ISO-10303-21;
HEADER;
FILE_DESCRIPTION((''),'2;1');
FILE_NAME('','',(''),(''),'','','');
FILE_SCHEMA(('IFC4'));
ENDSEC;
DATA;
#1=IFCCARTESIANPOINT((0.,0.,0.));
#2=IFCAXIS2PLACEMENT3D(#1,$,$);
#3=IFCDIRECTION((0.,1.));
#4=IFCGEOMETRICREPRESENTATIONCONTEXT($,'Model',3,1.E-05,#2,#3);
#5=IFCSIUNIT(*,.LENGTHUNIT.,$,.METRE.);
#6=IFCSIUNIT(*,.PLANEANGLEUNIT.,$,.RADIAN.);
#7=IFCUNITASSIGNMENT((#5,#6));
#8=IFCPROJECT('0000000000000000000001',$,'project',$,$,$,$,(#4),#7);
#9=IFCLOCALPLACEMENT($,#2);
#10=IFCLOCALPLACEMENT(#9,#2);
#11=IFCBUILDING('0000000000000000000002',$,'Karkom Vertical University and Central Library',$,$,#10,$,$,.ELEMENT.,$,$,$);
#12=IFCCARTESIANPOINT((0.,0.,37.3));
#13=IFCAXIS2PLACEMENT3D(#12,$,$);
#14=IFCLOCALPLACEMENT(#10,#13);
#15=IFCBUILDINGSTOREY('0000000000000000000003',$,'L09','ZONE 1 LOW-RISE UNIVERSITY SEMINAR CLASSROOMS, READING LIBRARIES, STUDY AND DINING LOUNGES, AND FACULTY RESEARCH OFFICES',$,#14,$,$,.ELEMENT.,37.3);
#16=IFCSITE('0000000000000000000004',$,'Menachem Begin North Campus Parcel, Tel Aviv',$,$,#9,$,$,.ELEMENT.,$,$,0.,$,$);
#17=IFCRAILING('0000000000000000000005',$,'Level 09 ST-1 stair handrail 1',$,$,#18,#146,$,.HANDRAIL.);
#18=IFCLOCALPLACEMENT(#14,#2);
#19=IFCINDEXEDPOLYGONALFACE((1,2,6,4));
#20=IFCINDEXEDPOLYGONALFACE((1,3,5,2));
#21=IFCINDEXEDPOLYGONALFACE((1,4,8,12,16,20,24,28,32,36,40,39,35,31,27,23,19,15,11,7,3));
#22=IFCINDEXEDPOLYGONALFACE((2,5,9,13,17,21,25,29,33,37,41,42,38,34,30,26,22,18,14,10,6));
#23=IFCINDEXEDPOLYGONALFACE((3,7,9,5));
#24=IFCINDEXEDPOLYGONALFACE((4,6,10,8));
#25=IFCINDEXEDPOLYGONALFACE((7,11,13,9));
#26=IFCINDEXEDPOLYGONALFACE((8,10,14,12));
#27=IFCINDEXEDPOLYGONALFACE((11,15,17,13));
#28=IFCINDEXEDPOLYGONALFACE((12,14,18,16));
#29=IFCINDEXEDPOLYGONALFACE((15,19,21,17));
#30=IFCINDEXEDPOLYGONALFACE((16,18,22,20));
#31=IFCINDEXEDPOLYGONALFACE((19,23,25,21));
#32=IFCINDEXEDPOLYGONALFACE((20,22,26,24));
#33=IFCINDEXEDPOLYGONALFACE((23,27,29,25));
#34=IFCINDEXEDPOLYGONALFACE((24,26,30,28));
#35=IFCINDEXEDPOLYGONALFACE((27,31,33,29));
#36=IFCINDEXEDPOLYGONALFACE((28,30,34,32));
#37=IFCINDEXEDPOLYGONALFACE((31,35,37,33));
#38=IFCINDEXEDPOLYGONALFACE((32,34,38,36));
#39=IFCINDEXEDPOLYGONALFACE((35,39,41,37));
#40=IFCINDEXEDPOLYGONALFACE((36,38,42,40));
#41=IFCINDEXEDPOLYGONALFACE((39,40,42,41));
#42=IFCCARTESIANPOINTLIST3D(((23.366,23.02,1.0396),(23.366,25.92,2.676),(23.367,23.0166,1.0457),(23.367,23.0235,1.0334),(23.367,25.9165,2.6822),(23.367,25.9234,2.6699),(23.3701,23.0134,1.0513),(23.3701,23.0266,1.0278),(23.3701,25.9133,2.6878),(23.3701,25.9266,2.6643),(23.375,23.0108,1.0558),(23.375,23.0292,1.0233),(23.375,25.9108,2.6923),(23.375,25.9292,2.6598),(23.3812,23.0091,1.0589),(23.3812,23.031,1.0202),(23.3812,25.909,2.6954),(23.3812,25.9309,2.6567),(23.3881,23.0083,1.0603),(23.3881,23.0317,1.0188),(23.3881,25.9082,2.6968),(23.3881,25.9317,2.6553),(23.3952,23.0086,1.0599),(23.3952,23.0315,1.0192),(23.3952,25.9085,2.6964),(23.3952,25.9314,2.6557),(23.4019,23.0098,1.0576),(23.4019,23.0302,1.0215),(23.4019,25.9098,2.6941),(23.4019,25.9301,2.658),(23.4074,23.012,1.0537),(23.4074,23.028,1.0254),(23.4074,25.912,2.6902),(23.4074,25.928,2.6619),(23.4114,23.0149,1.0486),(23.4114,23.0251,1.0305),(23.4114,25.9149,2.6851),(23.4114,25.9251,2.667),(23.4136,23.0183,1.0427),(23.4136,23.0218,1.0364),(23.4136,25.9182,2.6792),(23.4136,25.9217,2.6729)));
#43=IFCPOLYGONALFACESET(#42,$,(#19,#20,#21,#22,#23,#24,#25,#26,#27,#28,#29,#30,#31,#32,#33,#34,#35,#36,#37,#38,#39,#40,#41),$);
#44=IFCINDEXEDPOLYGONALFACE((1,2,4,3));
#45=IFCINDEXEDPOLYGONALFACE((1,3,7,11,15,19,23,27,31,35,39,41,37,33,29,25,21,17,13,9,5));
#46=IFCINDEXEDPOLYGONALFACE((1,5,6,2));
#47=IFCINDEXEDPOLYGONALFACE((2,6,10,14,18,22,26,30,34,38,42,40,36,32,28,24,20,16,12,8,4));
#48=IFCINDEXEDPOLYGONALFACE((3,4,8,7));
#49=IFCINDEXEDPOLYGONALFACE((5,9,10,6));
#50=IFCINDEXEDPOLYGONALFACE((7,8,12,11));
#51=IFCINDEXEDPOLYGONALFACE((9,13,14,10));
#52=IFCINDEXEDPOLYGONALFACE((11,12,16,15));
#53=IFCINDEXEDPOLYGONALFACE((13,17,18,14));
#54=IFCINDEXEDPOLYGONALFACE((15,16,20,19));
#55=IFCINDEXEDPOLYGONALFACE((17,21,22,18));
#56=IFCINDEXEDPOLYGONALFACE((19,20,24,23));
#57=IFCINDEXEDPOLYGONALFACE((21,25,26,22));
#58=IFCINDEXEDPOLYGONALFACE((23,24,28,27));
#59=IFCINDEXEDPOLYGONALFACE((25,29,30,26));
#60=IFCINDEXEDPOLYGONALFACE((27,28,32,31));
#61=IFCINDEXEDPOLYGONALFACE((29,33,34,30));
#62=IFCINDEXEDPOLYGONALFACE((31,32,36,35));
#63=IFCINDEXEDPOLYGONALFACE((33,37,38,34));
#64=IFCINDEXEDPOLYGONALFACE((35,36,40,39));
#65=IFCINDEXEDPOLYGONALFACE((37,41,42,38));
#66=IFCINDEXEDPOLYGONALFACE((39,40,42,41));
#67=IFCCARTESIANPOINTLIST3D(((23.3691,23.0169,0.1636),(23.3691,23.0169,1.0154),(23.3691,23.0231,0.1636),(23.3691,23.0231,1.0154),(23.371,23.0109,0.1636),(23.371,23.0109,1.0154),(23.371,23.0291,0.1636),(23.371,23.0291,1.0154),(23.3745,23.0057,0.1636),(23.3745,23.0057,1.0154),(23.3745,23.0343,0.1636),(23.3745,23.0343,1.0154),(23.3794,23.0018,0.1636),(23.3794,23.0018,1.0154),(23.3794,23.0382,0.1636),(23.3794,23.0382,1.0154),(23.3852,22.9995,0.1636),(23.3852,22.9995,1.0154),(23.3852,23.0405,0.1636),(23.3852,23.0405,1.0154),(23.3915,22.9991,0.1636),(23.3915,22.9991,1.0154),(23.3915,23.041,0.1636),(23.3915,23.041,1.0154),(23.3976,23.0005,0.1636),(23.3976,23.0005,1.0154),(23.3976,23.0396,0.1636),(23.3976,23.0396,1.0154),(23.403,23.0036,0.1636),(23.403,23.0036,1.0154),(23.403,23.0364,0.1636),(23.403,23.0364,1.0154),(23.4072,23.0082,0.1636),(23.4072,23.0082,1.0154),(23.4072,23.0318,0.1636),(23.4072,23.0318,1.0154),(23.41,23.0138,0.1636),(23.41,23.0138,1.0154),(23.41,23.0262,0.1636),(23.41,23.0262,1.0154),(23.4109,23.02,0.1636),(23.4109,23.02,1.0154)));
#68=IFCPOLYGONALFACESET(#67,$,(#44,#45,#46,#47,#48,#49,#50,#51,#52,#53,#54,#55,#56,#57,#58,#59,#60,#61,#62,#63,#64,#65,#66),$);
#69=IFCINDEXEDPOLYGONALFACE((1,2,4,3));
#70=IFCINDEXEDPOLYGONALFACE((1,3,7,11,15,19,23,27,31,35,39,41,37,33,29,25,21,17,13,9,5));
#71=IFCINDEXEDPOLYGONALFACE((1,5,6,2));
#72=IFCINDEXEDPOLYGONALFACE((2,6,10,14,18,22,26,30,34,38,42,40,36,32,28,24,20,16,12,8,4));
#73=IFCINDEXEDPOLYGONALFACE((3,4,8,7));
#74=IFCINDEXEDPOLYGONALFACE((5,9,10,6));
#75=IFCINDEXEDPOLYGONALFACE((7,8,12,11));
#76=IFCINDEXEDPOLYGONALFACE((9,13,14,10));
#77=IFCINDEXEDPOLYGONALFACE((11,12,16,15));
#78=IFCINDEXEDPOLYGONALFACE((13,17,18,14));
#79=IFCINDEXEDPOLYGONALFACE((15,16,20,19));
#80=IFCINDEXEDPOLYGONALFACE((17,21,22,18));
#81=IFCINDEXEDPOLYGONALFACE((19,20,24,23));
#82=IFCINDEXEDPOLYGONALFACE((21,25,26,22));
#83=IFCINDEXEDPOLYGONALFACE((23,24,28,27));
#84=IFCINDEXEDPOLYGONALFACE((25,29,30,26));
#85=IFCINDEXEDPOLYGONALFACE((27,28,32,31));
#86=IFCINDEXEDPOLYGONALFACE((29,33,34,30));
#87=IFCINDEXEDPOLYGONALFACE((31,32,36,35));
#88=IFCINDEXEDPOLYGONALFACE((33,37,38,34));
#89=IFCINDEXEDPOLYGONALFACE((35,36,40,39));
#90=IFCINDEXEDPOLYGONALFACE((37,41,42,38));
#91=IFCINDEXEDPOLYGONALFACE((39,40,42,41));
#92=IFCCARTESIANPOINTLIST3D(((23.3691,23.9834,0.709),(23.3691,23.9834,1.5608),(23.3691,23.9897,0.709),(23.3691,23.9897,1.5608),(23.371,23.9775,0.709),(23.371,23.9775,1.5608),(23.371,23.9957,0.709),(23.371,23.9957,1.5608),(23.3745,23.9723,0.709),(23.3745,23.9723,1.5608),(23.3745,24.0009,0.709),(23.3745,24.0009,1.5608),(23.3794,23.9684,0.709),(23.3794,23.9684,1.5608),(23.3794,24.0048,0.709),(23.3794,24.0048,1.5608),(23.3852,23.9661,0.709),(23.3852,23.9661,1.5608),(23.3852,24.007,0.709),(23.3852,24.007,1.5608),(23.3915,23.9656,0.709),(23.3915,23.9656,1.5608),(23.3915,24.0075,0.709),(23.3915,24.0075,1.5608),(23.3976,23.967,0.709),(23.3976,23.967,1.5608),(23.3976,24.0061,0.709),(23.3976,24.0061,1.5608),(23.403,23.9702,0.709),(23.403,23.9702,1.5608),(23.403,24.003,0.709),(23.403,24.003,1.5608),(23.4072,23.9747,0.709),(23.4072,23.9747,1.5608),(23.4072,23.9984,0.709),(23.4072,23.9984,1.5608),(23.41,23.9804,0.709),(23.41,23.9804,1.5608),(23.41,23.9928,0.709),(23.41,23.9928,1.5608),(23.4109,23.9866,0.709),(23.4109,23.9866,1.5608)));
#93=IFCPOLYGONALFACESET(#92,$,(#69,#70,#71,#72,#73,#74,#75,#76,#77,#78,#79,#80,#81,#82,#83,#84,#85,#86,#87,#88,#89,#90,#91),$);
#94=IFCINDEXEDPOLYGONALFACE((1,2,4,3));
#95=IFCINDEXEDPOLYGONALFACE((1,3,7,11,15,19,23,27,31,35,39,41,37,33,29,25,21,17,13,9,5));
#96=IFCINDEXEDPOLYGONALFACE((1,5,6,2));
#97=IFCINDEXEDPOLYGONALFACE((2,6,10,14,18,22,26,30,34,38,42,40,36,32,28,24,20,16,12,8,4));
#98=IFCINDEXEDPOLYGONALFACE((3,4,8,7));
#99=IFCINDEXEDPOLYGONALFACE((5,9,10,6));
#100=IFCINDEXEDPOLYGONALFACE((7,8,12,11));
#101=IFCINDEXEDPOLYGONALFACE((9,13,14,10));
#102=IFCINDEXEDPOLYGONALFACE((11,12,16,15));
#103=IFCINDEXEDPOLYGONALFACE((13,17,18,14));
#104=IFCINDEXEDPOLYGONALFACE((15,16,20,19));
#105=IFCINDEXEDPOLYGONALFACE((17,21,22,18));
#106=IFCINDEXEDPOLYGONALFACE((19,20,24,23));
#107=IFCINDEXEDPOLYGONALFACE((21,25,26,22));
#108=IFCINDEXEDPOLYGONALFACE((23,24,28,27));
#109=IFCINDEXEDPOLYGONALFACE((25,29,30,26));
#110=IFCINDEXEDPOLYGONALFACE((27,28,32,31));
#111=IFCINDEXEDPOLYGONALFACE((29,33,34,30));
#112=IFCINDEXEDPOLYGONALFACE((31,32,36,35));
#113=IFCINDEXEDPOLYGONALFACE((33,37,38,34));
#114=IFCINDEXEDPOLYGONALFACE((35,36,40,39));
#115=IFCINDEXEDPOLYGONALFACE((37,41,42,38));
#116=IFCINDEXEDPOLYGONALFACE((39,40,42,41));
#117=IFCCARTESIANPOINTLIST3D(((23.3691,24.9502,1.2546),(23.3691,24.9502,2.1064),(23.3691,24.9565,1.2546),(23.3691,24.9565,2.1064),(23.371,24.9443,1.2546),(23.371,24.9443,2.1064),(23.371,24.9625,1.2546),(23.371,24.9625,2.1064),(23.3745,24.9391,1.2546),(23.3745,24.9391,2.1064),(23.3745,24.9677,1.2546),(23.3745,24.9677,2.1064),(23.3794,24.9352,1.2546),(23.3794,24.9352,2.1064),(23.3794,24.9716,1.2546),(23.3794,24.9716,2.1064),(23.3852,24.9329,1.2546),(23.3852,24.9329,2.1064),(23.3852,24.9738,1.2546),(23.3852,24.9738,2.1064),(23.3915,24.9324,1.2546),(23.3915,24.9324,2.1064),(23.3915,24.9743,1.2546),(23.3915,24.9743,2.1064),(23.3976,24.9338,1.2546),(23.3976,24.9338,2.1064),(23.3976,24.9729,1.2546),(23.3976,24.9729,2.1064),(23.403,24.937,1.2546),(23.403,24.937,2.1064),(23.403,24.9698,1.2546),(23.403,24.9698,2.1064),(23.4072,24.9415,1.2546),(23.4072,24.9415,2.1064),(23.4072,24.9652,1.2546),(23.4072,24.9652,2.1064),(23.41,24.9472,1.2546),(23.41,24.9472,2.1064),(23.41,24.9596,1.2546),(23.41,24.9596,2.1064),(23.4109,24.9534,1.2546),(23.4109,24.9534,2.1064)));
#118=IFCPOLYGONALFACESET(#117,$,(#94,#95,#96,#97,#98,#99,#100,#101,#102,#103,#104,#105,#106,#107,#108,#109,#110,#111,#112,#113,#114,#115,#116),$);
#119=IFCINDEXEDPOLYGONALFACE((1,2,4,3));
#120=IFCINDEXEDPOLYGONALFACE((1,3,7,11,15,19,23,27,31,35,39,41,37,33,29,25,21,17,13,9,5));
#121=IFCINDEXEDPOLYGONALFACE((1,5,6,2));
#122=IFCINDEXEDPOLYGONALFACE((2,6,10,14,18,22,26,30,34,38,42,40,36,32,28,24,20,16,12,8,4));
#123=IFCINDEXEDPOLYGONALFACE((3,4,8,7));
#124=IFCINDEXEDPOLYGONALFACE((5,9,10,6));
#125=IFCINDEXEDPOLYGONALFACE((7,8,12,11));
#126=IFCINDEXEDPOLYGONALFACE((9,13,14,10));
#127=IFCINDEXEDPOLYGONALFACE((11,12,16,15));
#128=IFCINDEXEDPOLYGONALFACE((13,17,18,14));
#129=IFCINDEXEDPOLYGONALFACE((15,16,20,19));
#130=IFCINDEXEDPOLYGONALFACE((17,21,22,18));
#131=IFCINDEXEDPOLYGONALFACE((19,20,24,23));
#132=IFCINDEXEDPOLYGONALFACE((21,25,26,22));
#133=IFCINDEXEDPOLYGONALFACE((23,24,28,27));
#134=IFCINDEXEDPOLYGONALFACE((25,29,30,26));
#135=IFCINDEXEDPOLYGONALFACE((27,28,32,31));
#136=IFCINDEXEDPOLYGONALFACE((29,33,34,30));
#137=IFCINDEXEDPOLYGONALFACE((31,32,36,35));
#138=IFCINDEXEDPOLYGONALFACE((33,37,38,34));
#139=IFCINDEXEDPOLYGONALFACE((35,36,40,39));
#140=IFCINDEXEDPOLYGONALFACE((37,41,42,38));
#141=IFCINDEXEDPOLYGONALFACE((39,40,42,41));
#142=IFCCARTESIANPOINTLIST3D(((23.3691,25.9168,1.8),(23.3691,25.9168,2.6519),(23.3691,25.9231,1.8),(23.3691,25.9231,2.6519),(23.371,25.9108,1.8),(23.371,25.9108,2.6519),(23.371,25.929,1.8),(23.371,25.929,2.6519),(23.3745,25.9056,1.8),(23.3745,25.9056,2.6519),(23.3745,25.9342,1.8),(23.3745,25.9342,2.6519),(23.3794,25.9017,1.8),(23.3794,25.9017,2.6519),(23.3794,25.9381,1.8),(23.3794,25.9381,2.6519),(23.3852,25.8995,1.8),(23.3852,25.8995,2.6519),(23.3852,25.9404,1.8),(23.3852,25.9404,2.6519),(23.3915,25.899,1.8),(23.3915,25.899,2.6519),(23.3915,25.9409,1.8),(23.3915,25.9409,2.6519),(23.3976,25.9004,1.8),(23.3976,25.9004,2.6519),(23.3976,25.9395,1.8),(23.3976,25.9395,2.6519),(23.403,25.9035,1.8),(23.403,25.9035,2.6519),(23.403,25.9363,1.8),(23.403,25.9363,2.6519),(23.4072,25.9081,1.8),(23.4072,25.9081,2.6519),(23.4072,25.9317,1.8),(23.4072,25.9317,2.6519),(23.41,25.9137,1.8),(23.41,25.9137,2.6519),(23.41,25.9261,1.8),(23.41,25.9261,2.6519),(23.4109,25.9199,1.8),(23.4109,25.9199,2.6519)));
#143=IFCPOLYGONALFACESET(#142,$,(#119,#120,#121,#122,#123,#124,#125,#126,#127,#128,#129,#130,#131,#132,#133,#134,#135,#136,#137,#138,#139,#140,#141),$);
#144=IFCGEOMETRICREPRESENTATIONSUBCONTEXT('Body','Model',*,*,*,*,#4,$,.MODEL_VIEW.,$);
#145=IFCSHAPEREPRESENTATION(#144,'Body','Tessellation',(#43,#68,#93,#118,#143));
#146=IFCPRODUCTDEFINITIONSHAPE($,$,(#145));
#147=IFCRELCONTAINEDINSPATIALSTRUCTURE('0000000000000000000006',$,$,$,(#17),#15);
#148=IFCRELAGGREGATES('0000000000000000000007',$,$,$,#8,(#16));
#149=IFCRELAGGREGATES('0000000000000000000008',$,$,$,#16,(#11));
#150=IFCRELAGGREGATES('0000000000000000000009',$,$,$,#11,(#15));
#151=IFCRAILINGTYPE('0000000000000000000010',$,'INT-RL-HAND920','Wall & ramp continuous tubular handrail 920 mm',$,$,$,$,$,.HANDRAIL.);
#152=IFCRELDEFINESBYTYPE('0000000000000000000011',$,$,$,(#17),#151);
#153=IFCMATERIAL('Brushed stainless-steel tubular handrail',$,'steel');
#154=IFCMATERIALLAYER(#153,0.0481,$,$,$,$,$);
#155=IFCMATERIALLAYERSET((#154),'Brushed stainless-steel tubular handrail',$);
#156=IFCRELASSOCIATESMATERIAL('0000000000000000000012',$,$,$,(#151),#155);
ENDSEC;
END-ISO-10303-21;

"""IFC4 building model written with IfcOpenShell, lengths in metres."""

from ifc_helpers import new_model, si_unit, direction, frame, origin, origin_2d, place, context, subcontext, project, spatial, circle, extrude, material, layer, layer_set, type_object, element, save


model = new_model("IFC4")

# Units and contexts
model_context = context("Model", 3, precision=1e-05, world=origin(), true_north=direction((0.0, 1.0)))
body_context = subcontext(model_context, "Body", "Model", "MODEL_VIEW")
ifc_project = project(units=[si_unit("LENGTHUNIT", "METRE"), si_unit("PLANEANGLEUNIT", "RADIAN")], contexts=[model_context])

# Site, building, storey
site_placement = place(None, origin())
site = spatial("IfcSite", under=ifc_project, at=site_placement, Name="Menachem Begin North Campus Parcel, Tel Aviv", CompositionType="ELEMENT", RefElevation=0.0)
building_placement = place(site_placement, origin())
building = spatial("IfcBuilding", under=site, at=building_placement, Name="Karkom Vertical University and Central Library", CompositionType="ELEMENT")
storey_placement = place(building_placement, frame((0.0, 0.0, 37.3)))
storey = spatial("IfcBuildingStorey", under=building, at=storey_placement, Name="L09", Description="ZONE 1 LOW-RISE UNIVERSITY SEMINAR CLASSROOMS, READING LIBRARIES, STUDY AND DINING LOUNGES, AND FACULTY RESEARCH OFFICES", CompositionType="ELEMENT", Elevation=37.3)

# Railing
ifc_material_1 = material(Name="Brushed stainless-steel tubular handrail", Category="steel")
ifc_layer_1 = layer(ifc_material_1, 0.0481)
ifc_layer_set_1 = layer_set([ifc_layer_1], Name="Brushed stainless-steel tubular handrail")
railing_type_1 = type_object("IfcRailingType", Name="INT-RL-HAND920", Description="Wall & ramp continuous tubular handrail 920 mm", PredefinedType="HANDRAIL", material=ifc_layer_set_1)
railing_1_placement = place(storey_placement, frame((23.3899, 23.02, 0.1636)))
element("IfcRailing", 1, at=railing_1_placement, inside=storey, type_object=railing_type_1, Name="Level 09 ST-1 stair handrail 1", PredefinedType="HANDRAIL", context=body_context, shape_type="SweptSolid", body=[
    extrude(circle(Radius=0.0239, at=origin_2d()), frame((0.0, 0.0, 0.876), z_axis=(0.0, 0.870897, 0.491465), x_axis=(-1.0, 0.0, 0.0)), (0.0, 0.0, 1.0), 3.3298),
    extrude(circle(Radius=0.021, at=origin_2d()), origin(), (0.0, 0.0, 1.0), 0.8518),
    extrude(circle(Radius=0.021, at=origin_2d()), frame((0.0, 0.9666, 0.5454)), (0.0, 0.0, 1.0), 0.8518),
    extrude(circle(Radius=0.021, at=origin_2d()), frame((0.0, 1.9333, 1.0911)), (0.0, 0.0, 1.0), 0.8518),
    extrude(circle(Radius=0.021, at=origin_2d()), frame((0.0, 2.8999, 1.6365)), (0.0, 0.0, 1.0), 0.8518),
])

save(model, "model.ifc")
